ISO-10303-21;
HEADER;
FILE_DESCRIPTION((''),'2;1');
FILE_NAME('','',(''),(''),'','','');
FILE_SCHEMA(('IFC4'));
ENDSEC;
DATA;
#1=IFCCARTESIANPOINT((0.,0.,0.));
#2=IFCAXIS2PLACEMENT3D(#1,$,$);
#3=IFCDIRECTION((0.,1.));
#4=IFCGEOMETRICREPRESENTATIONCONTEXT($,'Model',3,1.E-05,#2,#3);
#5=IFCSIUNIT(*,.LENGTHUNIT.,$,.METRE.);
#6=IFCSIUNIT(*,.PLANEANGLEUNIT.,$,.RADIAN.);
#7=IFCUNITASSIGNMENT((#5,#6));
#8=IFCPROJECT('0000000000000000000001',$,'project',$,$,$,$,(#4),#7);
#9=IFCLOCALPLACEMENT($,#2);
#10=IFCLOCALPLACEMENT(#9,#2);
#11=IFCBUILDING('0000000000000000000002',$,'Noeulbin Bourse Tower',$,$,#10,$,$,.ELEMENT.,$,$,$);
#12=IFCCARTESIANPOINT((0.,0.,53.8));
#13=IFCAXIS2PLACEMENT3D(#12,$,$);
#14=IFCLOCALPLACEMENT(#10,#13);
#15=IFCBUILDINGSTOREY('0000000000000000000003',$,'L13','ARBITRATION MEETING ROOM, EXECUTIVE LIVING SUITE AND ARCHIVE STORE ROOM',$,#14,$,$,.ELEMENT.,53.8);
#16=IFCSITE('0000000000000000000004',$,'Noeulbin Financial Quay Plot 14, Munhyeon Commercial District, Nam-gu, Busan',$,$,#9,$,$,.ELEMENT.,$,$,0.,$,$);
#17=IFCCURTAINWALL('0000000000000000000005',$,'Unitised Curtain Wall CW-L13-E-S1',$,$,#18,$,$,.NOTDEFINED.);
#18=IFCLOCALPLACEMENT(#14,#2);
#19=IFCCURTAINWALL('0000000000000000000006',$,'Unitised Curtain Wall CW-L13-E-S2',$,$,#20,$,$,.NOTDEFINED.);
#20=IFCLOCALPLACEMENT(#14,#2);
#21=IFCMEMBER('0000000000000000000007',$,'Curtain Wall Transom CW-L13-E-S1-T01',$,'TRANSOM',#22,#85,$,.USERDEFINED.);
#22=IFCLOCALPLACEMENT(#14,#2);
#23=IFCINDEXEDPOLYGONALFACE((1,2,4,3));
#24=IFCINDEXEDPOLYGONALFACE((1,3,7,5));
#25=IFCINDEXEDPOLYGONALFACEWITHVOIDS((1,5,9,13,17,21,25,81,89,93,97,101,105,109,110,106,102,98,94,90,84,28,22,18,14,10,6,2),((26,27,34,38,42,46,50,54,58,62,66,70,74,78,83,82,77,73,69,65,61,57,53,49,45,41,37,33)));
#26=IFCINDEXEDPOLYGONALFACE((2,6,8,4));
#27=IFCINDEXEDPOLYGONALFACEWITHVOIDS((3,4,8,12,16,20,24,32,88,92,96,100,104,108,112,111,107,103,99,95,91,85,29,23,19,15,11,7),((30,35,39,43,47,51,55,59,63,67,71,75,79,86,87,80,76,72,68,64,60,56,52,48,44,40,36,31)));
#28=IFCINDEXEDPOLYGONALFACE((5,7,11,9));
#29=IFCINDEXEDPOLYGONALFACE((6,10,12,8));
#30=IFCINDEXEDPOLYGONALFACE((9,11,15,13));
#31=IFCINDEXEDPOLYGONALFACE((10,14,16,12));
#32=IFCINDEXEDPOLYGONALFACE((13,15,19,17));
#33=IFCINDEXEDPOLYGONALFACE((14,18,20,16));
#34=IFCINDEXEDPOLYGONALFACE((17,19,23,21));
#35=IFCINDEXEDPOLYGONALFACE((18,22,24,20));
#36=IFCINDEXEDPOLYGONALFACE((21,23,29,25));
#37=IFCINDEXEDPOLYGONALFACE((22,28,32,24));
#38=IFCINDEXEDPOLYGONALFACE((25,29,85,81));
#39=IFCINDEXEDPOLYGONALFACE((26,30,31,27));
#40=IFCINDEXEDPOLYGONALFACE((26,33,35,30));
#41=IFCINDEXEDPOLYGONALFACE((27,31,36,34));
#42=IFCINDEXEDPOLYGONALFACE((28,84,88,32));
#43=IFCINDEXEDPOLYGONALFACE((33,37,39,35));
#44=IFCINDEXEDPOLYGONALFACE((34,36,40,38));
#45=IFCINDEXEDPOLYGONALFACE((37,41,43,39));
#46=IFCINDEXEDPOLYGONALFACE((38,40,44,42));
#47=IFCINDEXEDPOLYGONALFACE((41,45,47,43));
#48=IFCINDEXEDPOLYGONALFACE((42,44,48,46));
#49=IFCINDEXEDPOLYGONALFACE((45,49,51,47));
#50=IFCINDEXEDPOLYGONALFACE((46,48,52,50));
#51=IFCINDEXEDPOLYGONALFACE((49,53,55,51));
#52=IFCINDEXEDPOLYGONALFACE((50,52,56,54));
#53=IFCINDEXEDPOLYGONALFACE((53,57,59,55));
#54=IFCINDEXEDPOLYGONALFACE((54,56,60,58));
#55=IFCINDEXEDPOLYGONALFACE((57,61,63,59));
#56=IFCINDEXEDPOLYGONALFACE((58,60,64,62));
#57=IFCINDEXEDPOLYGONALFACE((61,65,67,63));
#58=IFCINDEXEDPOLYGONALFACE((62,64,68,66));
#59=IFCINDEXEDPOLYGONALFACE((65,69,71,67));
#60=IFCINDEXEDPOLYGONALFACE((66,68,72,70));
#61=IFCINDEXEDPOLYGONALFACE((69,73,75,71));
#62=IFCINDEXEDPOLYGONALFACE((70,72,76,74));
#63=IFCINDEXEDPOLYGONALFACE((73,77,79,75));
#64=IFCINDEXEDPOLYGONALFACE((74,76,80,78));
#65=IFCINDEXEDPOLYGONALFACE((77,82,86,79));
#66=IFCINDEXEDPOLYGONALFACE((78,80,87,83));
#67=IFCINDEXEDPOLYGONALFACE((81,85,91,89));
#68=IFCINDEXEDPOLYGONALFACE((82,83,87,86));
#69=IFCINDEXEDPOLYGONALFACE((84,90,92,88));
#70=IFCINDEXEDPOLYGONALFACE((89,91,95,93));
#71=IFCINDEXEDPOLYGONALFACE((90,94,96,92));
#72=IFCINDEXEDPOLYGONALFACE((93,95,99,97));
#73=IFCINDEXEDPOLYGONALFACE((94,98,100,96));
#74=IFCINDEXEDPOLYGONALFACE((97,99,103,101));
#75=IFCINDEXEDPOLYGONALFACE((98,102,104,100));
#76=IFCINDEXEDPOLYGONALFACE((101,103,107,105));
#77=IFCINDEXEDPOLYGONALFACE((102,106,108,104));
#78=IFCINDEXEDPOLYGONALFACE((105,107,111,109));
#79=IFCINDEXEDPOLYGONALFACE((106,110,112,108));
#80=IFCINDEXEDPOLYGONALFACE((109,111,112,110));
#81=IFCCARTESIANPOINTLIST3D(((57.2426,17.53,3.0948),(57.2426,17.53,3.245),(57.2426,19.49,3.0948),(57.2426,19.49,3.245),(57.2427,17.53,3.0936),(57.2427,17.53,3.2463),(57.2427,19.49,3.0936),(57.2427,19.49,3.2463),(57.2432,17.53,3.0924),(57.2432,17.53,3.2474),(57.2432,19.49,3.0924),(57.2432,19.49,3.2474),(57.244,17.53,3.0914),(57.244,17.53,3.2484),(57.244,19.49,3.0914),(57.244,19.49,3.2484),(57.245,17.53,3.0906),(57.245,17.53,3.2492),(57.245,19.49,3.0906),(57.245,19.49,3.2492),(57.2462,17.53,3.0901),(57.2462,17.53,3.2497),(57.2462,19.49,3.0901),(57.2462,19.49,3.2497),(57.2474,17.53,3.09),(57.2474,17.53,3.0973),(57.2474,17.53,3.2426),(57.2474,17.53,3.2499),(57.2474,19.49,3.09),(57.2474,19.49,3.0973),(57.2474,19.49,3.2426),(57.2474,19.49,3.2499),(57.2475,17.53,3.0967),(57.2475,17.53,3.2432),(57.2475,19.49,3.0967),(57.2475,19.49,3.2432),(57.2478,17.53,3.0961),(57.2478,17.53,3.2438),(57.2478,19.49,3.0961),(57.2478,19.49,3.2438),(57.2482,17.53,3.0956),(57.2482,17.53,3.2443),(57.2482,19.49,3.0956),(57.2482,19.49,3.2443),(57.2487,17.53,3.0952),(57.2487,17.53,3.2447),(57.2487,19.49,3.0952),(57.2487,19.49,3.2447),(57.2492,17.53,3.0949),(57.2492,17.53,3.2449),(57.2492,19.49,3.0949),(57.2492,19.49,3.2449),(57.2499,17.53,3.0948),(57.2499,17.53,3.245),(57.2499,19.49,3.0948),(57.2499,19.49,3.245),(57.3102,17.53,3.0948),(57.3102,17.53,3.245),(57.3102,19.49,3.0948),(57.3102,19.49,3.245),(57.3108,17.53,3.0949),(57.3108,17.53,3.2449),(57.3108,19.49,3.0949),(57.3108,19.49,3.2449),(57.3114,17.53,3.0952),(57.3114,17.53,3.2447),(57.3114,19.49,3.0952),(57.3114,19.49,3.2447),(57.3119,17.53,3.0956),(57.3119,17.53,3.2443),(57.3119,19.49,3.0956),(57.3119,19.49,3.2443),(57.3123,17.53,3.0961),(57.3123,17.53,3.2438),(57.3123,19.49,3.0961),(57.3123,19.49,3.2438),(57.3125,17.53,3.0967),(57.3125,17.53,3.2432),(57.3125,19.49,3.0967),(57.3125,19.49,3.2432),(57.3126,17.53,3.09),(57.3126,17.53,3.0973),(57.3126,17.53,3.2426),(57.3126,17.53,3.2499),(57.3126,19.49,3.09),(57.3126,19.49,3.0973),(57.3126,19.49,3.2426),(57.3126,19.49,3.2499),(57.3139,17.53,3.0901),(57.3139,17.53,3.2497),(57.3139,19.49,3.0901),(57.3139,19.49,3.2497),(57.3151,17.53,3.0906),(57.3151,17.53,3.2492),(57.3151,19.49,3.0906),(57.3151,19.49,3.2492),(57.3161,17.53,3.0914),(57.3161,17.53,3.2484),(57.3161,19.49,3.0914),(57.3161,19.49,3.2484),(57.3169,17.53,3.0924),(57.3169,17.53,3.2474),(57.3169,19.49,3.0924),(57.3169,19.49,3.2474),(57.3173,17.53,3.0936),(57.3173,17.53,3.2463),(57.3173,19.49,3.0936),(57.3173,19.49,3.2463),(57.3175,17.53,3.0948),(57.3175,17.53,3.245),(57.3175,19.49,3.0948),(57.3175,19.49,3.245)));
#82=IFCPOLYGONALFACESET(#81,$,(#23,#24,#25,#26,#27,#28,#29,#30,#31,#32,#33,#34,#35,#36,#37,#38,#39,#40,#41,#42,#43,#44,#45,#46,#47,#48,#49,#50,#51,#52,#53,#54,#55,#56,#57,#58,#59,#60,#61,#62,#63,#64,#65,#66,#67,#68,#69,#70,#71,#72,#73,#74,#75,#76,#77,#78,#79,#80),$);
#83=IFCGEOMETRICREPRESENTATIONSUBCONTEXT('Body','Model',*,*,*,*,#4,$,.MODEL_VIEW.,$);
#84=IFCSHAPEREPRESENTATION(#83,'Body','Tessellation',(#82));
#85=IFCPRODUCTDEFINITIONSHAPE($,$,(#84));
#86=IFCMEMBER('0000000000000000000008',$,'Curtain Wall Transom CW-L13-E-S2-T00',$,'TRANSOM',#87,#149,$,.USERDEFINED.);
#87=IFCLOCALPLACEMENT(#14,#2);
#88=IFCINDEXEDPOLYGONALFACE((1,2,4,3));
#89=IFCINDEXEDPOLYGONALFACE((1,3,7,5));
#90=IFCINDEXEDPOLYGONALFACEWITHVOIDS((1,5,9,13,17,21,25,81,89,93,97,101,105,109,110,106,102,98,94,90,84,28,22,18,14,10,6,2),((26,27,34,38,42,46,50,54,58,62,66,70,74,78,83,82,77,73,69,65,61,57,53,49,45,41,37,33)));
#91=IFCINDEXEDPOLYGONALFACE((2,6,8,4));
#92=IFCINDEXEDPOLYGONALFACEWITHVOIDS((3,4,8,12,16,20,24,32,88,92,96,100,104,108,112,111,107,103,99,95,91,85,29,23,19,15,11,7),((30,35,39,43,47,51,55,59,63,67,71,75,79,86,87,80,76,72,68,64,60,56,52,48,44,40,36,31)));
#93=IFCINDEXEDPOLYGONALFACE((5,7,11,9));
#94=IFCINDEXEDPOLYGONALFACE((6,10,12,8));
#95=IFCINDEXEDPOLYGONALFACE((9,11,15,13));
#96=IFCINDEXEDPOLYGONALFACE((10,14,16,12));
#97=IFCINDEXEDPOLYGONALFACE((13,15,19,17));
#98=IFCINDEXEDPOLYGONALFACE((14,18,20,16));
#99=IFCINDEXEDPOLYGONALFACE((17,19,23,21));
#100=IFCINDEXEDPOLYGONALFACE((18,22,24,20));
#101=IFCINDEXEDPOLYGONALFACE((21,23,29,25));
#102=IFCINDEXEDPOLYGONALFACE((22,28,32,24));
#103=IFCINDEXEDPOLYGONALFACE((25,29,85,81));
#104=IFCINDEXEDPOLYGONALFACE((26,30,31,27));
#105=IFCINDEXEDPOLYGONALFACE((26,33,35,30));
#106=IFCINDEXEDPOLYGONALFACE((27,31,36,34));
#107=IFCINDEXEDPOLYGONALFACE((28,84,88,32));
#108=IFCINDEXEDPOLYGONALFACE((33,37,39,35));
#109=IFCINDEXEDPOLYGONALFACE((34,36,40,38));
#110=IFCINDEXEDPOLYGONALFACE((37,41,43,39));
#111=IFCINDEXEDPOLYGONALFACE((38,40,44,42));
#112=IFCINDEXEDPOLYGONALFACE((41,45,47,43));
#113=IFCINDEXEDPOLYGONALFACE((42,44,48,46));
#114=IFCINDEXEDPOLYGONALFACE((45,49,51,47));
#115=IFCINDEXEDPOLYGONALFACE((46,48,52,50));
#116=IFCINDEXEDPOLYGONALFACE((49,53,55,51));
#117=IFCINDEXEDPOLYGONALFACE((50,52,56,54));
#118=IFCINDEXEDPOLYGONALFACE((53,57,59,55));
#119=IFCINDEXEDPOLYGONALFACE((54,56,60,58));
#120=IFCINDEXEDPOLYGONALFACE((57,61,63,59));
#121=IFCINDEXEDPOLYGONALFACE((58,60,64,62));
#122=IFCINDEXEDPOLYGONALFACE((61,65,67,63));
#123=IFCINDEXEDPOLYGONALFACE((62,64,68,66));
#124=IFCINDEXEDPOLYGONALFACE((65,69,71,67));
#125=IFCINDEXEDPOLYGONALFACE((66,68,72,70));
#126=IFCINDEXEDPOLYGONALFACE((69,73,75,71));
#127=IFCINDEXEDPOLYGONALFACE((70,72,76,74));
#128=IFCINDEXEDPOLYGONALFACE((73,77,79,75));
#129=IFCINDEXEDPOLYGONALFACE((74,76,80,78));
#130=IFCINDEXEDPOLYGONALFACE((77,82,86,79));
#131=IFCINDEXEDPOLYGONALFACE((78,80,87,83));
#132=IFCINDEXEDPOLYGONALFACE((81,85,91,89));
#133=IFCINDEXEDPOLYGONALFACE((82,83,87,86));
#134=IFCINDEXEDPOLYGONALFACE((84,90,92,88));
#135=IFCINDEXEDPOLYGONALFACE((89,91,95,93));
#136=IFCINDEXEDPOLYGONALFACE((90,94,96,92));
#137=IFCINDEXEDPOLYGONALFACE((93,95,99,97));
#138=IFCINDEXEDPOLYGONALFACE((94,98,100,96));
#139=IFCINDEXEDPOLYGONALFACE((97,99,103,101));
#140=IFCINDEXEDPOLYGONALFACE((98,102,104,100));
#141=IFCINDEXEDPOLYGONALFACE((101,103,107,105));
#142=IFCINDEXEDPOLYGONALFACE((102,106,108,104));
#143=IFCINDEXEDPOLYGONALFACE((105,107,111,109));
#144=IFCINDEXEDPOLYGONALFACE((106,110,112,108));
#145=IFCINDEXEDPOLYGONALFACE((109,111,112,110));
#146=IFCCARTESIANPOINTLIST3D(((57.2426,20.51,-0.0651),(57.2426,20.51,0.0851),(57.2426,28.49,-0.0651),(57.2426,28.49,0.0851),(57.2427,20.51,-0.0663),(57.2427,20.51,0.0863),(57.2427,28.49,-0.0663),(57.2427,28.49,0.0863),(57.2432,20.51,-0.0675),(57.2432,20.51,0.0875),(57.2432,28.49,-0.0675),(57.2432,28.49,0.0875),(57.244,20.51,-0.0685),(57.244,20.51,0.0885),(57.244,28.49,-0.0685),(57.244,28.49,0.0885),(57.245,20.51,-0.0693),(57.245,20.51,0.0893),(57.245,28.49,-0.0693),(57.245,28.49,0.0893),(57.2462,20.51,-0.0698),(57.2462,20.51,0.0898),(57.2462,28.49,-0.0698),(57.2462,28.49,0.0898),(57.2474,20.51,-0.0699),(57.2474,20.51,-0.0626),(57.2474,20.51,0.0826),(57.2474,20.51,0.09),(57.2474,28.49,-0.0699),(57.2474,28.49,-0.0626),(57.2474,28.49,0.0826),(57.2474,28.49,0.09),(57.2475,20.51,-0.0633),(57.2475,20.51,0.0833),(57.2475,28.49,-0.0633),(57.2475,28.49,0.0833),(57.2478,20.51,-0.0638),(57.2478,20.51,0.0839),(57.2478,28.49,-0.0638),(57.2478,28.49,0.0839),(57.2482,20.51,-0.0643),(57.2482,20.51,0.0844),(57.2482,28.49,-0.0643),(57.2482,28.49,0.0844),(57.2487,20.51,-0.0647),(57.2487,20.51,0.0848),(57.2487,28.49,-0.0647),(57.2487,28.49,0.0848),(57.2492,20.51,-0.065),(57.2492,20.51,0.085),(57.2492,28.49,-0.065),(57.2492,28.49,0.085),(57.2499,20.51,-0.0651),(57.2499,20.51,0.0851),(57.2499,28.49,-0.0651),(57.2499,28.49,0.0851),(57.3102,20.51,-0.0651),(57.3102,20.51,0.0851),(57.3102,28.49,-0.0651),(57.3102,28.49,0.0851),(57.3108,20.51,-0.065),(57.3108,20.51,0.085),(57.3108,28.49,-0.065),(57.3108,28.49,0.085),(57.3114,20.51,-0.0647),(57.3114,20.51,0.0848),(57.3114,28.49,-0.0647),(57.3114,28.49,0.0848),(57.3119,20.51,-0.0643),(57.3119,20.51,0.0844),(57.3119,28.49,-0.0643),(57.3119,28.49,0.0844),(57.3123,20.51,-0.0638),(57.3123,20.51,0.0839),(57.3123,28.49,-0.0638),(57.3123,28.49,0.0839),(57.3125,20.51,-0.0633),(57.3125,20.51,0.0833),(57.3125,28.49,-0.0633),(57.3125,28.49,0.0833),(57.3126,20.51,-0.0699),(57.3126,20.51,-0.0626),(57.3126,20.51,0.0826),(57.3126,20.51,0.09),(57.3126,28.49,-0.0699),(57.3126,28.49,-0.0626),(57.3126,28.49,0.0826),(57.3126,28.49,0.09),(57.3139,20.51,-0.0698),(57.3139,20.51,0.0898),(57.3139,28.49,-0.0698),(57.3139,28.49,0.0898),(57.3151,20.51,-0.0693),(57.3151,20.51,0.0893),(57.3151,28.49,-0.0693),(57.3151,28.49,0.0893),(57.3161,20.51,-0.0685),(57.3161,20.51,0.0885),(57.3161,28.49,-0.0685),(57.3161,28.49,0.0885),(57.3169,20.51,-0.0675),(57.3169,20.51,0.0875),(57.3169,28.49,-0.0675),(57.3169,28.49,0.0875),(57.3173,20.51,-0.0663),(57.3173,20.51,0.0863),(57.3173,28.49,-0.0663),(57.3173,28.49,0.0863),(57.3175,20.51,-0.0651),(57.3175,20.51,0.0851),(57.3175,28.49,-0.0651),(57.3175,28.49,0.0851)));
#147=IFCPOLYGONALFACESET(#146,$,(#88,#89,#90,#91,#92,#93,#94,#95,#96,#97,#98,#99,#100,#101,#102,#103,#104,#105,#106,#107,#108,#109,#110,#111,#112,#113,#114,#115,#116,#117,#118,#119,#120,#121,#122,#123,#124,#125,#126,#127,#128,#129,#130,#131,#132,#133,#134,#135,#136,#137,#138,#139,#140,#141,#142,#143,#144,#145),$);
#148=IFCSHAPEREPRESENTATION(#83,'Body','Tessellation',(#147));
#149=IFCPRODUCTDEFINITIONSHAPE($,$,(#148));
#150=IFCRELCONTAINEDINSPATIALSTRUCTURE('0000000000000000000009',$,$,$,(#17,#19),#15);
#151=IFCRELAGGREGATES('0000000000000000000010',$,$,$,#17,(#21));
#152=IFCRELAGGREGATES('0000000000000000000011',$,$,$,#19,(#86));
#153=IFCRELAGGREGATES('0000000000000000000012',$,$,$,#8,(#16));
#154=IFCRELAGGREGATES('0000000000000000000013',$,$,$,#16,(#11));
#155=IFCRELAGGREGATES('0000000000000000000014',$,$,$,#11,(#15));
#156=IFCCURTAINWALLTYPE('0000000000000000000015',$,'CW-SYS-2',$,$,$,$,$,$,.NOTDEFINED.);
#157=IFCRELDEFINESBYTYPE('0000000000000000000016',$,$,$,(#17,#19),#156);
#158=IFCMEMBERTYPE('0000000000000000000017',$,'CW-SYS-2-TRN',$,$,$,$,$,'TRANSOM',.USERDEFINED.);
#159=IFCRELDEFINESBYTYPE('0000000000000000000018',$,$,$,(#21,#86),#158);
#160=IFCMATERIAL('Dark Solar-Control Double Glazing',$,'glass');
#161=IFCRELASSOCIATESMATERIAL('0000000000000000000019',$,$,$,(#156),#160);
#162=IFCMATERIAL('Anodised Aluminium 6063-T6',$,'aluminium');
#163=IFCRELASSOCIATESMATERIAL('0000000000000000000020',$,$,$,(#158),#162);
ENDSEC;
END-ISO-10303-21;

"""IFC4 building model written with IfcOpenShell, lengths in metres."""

from ifc_helpers import new_model, si_unit, direction, frame, origin, origin_2d, place, context, subcontext, project, spatial, hollow_rectangle, extrude, material, material_profile, profile_set, type_object, element, aggregate, save


model = new_model("IFC4")

# Units and contexts
model_context = context("Model", 3, precision=1e-05, world=origin(), true_north=direction((0.0, 1.0)))
body_context = subcontext(model_context, "Body", "Model", "MODEL_VIEW")
ifc_project = project(units=[si_unit("LENGTHUNIT", "METRE"), si_unit("PLANEANGLEUNIT", "RADIAN")], contexts=[model_context])

# Site, building, storey
site_placement = place(None, origin())
site = spatial("IfcSite", under=ifc_project, at=site_placement, Name="Noeulbin Financial Quay Plot 14, Munhyeon Commercial District, Nam-gu, Busan", CompositionType="ELEMENT", RefElevation=0.0)
building_placement = place(site_placement, origin())
building = spatial("IfcBuilding", under=site, at=building_placement, Name="Noeulbin Bourse Tower", CompositionType="ELEMENT")
storey_placement = place(building_placement, frame((0.0, 0.0, 53.8)))
storey = spatial("IfcBuildingStorey", under=building, at=storey_placement, Name="L13", Description="ARBITRATION MEETING ROOM, EXECUTIVE LIVING SUITE AND ARCHIVE STORE ROOM", CompositionType="ELEMENT", Elevation=53.8)

# Curtain walls
ifc_material_1 = material(Name="Dark Solar-Control Double Glazing", Category="glass")
curtain_wall_type = type_object("IfcCurtainWallType", Name="CW-SYS-2", PredefinedType="NOTDEFINED", material=ifc_material_1)
ifc_material_2 = material(Name="Anodised Aluminium 6063-T6", Category="aluminium")
curtain_wall_1_placement = place(storey_placement, origin())
curtain_wall_1 = element("IfcCurtainWall", 1, at=curtain_wall_1_placement, inside=storey, type_object=curtain_wall_type, Name="Unitised Curtain Wall CW-L13-E-S1", PredefinedType="NOTDEFINED")
curtain_wall_2_placement = place(storey_placement, origin())
curtain_wall_2 = element("IfcCurtainWall", 2, at=curtain_wall_2_placement, inside=storey, type_object=curtain_wall_type, Name="Unitised Curtain Wall CW-L13-E-S2", PredefinedType="NOTDEFINED")

# Members
ifc_material_profile_1 = material_profile(ifc_material_2, hollow_rectangle(XDim=0.075, YDim=0.1599, WallThickness=0.0049, InnerFilletRadius=0.0024, OuterFilletRadius=0.0049, at=origin_2d()), Name="ALU-TRAN-75x160x5", Category="LoadBearing")
ifc_profile_set_1 = profile_set([ifc_material_profile_1], Name="Anodised Aluminium 6063-T6")
member_type_1 = type_object("IfcMemberType", Name="CW-SYS-2-TRN", ElementType="TRANSOM", PredefinedType="USERDEFINED", material=ifc_profile_set_1)
member_1_placement = place(storey_placement, frame((57.28, 17.53, 3.1699), z_axis=(0.0, 1.0, 0.0), x_axis=(-1.0, 0.0, 0.0)))
member_1 = element("IfcMember", 3, at=member_1_placement, type_object=member_type_1, Name="Curtain Wall Transom CW-L13-E-S1-T01", ObjectType="TRANSOM", PredefinedType="USERDEFINED", context=body_context, shape_type="SweptSolid", body=[
    extrude(hollow_rectangle(XDim=0.075, YDim=0.1599, WallThickness=0.0049, InnerFilletRadius=0.0024, OuterFilletRadius=0.0049, at=origin_2d()), origin(), (0.0, 0.0, 1.0), 1.96),
])
member_2_placement = place(storey_placement, frame((57.28, 20.51, 0.01), z_axis=(0.0, 1.0, 0.0), x_axis=(-1.0, 0.0, 0.0)))
member_2 = element("IfcMember", 4, at=member_2_placement, type_object=member_type_1, Name="Curtain Wall Transom CW-L13-E-S2-T00", ObjectType="TRANSOM", PredefinedType="USERDEFINED", context=body_context, shape_type="SweptSolid", body=[
    extrude(hollow_rectangle(XDim=0.075, YDim=0.1599, WallThickness=0.0049, InnerFilletRadius=0.0024, OuterFilletRadius=0.0049, at=origin_2d()), origin(), (0.0, 0.0, 1.0), 7.98),
])

aggregate(curtain_wall_1, [member_1])
aggregate(curtain_wall_2, [member_2])

save(model, "model.ifc")
